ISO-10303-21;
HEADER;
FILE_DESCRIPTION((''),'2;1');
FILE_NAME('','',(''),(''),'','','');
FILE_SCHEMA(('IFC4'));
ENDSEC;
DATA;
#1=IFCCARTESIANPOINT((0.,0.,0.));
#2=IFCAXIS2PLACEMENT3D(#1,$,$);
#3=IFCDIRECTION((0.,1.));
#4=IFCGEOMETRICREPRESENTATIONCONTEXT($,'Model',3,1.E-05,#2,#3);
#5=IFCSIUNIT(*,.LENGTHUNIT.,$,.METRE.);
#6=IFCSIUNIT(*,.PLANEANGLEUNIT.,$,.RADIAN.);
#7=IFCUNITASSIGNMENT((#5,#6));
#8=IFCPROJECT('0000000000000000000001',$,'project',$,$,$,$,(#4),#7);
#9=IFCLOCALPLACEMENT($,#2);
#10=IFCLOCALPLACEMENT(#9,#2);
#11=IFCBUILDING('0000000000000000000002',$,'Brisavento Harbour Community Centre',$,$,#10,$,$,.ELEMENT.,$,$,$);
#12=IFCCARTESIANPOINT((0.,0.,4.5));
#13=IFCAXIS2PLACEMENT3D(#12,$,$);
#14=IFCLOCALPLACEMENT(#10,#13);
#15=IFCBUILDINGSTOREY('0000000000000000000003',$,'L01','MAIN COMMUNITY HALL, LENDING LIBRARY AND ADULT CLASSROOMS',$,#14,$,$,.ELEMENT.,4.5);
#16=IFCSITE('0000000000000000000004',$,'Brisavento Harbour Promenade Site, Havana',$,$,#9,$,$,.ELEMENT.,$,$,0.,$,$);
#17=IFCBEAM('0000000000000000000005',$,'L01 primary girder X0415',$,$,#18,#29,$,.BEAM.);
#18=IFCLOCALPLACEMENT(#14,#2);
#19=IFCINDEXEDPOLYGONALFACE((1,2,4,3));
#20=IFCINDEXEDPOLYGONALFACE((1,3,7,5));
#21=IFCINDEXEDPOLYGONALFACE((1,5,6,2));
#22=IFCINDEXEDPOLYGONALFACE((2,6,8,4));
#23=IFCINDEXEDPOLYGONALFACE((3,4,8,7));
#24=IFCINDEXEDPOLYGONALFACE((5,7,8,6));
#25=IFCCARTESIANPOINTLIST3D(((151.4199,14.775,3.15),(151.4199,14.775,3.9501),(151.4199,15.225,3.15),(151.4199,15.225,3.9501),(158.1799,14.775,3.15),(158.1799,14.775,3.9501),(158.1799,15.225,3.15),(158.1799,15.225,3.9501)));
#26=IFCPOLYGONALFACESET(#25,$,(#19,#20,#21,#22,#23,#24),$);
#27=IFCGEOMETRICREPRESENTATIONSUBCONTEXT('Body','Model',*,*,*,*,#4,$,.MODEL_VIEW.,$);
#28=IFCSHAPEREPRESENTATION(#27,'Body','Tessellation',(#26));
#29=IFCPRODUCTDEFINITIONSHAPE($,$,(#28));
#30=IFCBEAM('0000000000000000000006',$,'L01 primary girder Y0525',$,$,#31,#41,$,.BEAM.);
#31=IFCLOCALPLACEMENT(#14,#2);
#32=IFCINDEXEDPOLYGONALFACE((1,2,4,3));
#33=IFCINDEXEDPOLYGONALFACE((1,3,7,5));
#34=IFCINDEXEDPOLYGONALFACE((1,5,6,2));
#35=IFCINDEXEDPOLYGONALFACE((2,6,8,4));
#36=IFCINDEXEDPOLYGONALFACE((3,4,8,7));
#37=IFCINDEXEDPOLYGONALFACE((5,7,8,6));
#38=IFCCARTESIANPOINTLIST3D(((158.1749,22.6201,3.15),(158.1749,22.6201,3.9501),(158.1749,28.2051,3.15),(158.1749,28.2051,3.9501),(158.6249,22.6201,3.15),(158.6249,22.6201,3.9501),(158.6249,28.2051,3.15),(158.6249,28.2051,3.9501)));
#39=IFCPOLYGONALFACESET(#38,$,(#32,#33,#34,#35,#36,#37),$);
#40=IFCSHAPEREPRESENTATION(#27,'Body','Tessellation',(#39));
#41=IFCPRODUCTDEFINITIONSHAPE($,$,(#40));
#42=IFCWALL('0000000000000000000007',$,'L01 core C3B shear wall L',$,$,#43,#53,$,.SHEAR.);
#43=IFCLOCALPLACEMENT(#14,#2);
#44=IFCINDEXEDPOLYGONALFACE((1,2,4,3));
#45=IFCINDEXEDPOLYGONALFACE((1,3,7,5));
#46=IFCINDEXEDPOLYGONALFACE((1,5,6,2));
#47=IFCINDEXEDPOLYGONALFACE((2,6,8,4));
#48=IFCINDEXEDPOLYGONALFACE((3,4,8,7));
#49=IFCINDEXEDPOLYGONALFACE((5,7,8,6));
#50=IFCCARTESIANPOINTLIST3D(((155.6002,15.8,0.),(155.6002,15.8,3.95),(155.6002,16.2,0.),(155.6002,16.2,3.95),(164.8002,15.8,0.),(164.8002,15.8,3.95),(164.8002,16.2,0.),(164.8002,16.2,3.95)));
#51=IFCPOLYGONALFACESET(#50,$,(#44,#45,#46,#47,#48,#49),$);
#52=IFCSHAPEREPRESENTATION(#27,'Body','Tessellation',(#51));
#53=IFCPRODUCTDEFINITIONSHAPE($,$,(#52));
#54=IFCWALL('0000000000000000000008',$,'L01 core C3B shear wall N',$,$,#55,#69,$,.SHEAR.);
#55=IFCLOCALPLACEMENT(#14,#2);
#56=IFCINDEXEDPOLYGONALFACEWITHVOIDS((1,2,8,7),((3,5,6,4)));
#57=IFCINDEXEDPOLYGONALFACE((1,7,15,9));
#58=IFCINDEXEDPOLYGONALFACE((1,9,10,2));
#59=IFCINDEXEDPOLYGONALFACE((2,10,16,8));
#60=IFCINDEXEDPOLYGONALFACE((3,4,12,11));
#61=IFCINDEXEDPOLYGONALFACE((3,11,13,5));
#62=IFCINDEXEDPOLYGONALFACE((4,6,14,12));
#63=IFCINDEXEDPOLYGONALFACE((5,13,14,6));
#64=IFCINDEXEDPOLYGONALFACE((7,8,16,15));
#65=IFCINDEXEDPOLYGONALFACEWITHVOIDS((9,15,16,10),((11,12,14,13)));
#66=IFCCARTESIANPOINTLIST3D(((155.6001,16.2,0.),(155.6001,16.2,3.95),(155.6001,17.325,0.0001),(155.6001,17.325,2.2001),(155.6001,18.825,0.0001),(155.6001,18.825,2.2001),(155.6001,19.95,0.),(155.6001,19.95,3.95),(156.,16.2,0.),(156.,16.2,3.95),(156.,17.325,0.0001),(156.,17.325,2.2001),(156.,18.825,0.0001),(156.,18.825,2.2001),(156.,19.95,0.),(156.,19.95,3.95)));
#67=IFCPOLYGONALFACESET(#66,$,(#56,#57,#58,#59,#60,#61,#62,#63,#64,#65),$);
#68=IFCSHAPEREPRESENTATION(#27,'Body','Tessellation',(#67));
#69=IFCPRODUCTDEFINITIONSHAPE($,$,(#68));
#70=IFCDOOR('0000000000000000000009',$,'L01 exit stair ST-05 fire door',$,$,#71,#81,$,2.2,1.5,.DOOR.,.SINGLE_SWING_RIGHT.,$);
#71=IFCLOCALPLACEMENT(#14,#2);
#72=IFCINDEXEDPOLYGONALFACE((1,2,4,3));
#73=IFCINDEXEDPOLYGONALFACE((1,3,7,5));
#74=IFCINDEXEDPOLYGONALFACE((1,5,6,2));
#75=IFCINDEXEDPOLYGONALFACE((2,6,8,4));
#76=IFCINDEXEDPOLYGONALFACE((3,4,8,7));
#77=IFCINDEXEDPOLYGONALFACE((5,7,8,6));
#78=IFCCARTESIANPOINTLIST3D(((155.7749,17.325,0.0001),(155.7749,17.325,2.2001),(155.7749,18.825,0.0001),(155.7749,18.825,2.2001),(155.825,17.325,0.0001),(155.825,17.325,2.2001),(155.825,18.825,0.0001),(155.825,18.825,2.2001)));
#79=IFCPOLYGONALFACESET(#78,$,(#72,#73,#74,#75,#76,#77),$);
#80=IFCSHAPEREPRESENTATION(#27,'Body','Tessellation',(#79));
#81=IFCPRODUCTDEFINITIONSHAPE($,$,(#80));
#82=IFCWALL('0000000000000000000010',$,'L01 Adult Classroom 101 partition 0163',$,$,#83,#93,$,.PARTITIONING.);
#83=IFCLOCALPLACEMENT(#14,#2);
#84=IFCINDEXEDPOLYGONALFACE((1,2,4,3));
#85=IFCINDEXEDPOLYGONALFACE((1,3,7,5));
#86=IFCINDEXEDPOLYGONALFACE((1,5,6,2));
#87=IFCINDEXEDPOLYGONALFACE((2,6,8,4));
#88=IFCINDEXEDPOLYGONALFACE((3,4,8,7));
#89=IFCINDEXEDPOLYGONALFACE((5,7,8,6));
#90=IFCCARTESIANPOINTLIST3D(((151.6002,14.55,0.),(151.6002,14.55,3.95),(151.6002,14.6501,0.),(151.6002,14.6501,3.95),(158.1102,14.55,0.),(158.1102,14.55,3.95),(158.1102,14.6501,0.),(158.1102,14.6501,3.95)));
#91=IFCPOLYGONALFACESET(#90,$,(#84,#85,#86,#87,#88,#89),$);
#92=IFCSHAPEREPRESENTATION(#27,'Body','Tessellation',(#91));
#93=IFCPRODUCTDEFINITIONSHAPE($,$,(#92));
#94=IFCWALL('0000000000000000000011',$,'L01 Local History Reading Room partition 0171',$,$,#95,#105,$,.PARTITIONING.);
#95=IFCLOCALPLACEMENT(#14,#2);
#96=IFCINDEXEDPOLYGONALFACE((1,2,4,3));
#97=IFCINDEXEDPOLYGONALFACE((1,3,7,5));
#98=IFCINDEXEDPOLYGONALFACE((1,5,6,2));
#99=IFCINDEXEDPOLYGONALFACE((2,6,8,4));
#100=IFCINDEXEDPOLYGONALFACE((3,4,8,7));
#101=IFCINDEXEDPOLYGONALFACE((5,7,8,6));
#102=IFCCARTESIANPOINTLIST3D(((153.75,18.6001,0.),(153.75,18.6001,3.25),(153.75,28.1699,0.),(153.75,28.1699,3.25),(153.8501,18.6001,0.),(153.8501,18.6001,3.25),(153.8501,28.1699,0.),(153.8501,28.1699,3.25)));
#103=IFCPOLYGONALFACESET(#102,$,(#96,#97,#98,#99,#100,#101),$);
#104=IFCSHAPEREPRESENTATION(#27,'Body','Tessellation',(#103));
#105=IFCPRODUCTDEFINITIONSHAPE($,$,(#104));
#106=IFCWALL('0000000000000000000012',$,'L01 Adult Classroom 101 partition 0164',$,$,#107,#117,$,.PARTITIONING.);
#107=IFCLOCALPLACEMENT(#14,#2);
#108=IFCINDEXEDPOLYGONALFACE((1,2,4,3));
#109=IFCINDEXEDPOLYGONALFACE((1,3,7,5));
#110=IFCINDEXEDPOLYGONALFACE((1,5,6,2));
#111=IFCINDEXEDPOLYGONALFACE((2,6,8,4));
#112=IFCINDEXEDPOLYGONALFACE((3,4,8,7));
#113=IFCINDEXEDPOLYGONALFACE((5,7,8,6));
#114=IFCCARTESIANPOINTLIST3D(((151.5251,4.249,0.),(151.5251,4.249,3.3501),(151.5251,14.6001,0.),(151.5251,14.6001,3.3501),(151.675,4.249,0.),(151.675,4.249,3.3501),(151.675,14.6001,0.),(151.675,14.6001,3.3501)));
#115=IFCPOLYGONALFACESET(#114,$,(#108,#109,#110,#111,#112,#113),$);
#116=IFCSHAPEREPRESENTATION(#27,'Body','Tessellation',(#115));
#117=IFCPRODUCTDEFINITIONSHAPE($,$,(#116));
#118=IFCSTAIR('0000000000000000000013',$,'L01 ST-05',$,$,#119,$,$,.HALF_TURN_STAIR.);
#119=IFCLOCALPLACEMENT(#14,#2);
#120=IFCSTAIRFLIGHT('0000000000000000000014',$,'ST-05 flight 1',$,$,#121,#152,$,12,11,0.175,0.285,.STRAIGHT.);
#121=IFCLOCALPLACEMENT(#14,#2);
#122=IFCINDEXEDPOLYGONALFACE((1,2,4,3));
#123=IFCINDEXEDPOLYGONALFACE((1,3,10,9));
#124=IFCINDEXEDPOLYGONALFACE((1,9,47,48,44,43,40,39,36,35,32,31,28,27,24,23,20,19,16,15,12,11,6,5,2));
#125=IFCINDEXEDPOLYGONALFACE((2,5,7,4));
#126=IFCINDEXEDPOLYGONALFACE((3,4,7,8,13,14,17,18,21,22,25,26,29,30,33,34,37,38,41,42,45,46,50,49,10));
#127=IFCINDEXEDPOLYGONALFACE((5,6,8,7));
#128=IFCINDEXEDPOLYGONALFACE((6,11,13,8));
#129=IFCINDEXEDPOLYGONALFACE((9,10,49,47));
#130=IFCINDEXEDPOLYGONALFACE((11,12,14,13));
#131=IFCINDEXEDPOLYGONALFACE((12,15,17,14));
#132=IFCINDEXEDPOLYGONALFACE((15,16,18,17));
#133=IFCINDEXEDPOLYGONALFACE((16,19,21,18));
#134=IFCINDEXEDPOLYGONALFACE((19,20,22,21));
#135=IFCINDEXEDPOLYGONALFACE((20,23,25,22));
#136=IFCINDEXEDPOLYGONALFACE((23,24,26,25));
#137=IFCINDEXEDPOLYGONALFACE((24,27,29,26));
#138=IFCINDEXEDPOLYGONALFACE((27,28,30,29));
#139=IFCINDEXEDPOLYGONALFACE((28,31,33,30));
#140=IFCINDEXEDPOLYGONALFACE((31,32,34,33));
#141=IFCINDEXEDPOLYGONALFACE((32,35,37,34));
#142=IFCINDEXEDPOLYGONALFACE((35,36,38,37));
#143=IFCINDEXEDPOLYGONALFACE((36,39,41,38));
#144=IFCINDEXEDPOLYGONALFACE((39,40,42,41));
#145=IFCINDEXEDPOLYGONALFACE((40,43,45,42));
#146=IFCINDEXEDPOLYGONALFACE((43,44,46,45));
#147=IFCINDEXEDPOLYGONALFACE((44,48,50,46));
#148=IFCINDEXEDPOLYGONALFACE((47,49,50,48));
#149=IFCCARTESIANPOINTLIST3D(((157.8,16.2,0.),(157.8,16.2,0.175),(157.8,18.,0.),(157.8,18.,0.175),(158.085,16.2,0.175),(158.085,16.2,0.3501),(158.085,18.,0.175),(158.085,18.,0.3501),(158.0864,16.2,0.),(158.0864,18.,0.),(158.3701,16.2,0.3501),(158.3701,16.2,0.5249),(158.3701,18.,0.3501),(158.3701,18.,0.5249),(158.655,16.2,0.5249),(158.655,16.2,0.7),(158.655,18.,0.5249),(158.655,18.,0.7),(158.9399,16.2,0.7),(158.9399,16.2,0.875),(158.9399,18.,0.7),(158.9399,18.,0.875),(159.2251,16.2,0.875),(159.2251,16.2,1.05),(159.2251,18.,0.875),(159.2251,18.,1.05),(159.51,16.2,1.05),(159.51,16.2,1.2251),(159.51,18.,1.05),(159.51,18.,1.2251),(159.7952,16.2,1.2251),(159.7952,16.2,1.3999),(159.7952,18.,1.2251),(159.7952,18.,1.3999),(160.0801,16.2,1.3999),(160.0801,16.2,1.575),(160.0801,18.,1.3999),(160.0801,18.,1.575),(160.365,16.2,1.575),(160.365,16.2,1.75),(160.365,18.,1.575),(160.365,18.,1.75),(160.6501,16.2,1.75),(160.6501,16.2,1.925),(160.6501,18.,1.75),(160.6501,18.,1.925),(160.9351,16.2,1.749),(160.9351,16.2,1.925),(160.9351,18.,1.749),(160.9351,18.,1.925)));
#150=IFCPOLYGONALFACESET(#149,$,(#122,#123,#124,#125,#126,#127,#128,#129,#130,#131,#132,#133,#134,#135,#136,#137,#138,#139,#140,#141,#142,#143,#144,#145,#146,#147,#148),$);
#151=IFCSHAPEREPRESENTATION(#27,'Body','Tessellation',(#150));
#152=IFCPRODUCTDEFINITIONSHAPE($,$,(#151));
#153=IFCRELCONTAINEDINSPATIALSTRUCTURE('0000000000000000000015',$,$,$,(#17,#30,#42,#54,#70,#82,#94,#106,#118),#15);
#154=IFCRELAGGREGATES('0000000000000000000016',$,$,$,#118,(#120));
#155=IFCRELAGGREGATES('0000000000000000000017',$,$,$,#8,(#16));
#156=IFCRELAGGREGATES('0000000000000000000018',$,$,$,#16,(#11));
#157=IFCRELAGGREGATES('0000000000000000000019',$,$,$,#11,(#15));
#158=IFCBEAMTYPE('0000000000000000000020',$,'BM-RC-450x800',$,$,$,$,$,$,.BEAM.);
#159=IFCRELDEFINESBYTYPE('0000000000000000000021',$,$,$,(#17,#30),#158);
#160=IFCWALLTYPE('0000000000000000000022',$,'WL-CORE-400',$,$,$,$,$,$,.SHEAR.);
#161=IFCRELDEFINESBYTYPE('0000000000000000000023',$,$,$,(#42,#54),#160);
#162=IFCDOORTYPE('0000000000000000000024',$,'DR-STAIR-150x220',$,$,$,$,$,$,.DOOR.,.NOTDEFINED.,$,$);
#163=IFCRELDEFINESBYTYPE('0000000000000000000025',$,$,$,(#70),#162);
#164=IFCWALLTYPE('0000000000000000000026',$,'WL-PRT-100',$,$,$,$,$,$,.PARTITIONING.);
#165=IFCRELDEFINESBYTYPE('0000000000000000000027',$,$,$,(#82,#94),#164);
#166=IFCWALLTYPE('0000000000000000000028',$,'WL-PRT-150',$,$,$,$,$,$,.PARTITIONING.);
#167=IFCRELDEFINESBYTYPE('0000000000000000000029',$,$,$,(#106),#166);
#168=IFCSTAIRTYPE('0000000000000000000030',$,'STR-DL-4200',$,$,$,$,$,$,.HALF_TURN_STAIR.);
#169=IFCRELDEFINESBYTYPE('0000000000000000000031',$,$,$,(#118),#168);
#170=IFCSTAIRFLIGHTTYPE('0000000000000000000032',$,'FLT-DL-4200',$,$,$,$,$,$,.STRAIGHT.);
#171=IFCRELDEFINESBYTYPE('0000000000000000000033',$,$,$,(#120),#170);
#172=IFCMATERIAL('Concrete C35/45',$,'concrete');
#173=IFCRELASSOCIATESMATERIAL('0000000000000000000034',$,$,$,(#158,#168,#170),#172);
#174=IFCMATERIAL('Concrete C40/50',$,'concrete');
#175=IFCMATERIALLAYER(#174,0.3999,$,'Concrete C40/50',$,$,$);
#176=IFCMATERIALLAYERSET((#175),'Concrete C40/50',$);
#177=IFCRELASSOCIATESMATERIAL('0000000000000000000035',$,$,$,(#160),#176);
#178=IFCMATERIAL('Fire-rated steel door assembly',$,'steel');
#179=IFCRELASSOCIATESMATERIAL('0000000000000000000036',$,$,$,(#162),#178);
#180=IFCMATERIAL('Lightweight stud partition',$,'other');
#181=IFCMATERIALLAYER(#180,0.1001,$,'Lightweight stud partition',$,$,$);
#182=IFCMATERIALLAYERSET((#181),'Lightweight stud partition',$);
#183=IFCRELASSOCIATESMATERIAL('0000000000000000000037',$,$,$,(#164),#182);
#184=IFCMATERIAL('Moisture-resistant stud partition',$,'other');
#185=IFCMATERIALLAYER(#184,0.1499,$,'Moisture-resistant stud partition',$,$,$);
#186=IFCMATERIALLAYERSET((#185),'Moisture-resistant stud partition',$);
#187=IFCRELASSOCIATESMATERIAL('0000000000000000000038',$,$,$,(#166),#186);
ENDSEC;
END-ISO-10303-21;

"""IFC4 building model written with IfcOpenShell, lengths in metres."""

from ifc_helpers import new_model, si_unit, direction, frame, frame_2d, origin, origin_2d, place, context, subcontext, project, spatial, polyline, rectangle, outline, extrude, material, layer, layer_set, material_profile, profile_set, type_object, element, fill, aggregate, save


model = new_model("IFC4")

# Units and contexts
model_context = context("Model", 3, precision=1e-05, world=origin(), true_north=direction((0.0, 1.0)))
body_context = subcontext(model_context, "Body", "Model", "MODEL_VIEW")
ifc_project = project(units=[si_unit("LENGTHUNIT", "METRE"), si_unit("PLANEANGLEUNIT", "RADIAN")], contexts=[model_context])

# Site, building, storey
site_placement = place(None, origin())
site = spatial("IfcSite", under=ifc_project, at=site_placement, Name="Brisavento Harbour Promenade Site, Havana", CompositionType="ELEMENT", RefElevation=0.0)
building_placement = place(site_placement, origin())
building = spatial("IfcBuilding", under=site, at=building_placement, Name="Brisavento Harbour Community Centre", CompositionType="ELEMENT")
storey_placement = place(building_placement, frame((0.0, 0.0, 4.5)))
storey = spatial("IfcBuildingStorey", under=building, at=storey_placement, Name="L01", Description="MAIN COMMUNITY HALL, LENDING LIBRARY AND ADULT CLASSROOMS", CompositionType="ELEMENT", Elevation=4.5)

# Shared definitions
ifc_material_1 = material(Name="Concrete C35/45", Category="concrete")

# Beams
ifc_material_profile_1 = material_profile(ifc_material_1, rectangle(XDim=0.45, YDim=0.8, at=origin_2d()), Name="Concrete C35/45")
ifc_profile_set_1 = profile_set([ifc_material_profile_1], Name="Concrete C35/45")
beam_type_1 = type_object("IfcBeamType", Name="BM-RC-450x800", PredefinedType="BEAM", material=ifc_profile_set_1)
beam_1_placement = place(storey_placement, frame((151.4199, 15.0, 3.55), z_axis=(1.0, 0.0, 0.0), x_axis=(0.0, 1.0, 0.0)))
element("IfcBeam", 1, at=beam_1_placement, inside=storey, type_object=beam_type_1, Name="L01 primary girder X0415", PredefinedType="BEAM", context=body_context, shape_type="SweptSolid", body=[
    extrude(rectangle(XDim=0.45, YDim=0.8, at=origin_2d()), origin(), (0.0, 0.0, 1.0), 6.76),
])
beam_2_placement = place(storey_placement, frame((158.3999, 22.6201, 3.55), z_axis=(0.0, 1.0, 0.0), x_axis=(-1.0, 0.0, 0.0)))
element("IfcBeam", 2, at=beam_2_placement, inside=storey, type_object=beam_type_1, Name="L01 primary girder Y0525", PredefinedType="BEAM", context=body_context, shape_type="SweptSolid", body=[
    extrude(rectangle(XDim=0.45, YDim=0.8, at=origin_2d()), origin(), (0.0, 0.0, 1.0), 5.585),
])

# Wall
ifc_material_2 = material(Name="Concrete C40/50", Category="concrete")
ifc_layer_1 = layer(ifc_material_2, 0.3999, Name="Concrete C40/50")
ifc_layer_set_1 = layer_set([ifc_layer_1], Name="Concrete C40/50")
wall_type_1 = type_object("IfcWallType", Name="WL-CORE-400", PredefinedType="SHEAR", material=ifc_layer_set_1)
wall_1_placement = place(storey_placement, frame((155.6001, 16.0, 0.0), z_axis=(0.0, 0.0, 1.0), x_axis=(1.0, 0.0, 0.0)))
element("IfcWall", 3, at=wall_1_placement, inside=storey, type_object=wall_type_1, Name="L01 core C3B shear wall L", PredefinedType="SHEAR", context=body_context, shape_type="SweptSolid", body=[
    extrude(rectangle(XDim=9.2, YDim=0.3999, at=frame_2d((4.6001, 0.0))), origin(), (0.0, 0.0, 1.0), 3.95),
])

# Wall, opening, door
wall_2_placement = place(storey_placement, frame((155.8, 19.95, 0.0), z_axis=(0.0, 0.0, 1.0), x_axis=(0.0, -1.0, 0.0)))
wall_2 = element("IfcWall", 4, at=wall_2_placement, inside=storey, type_object=wall_type_1, Name="L01 core C3B shear wall N", PredefinedType="SHEAR", context=body_context, shape_type="SweptSolid", body=[
    extrude(rectangle(XDim=3.75, YDim=0.3999, at=frame_2d((1.875, 0.0))), origin(), (0.0, 0.0, 1.0), 3.95),
])
opening_placement = place(wall_2_placement, frame((1.125, 0.0, 0.0)))
opening = element("IfcOpeningElement", 5, at=opening_placement, cuts=wall_2, PredefinedType="OPENING", context=body_context, shape_type="SweptSolid", body=[
    extrude(rectangle(XDim=1.5, YDim=2.2, at=frame_2d((0.75, 1.1001))), frame((0.0, 0.21, 0.0), z_axis=(0.0, -1.0, 0.0), x_axis=(1.0, 0.0, 0.0)), (0.0, 0.0, 1.0), 0.4199),
])
ifc_material_3 = material(Name="Fire-rated steel door assembly", Category="steel")
door_type = type_object("IfcDoorType", Name="DR-STAIR-150x220", OperationType="NOTDEFINED", PredefinedType="DOOR", material=ifc_material_3)
door_placement = place(opening_placement, origin())
door = element("IfcDoor", 6, at=door_placement, inside=storey, type_object=door_type, Name="L01 exit stair ST-05 fire door", OperationType="SINGLE_SWING_RIGHT", OverallHeight=2.2, OverallWidth=1.5, PredefinedType="DOOR", context=body_context, shape_type="SweptSolid", body=[
    extrude(rectangle(XDim=1.5, YDim=2.2, at=frame_2d((0.75, 1.1001))), frame((0.0, 0.0249, 0.0), z_axis=(0.0, -1.0, 0.0), x_axis=(1.0, 0.0, 0.0)), (0.0, 0.0, 1.0), 0.05),
])
fill(opening, door)

# Walls
ifc_material_4 = material(Name="Lightweight stud partition", Category="other")
ifc_layer_2 = layer(ifc_material_4, 0.1001, Name="Lightweight stud partition")
ifc_layer_set_2 = layer_set([ifc_layer_2], Name="Lightweight stud partition")
wall_type_2 = type_object("IfcWallType", Name="WL-PRT-100", PredefinedType="PARTITIONING", material=ifc_layer_set_2)
wall_3_placement = place(storey_placement, frame((158.1101, 14.6001, 0.0), z_axis=(0.0, 0.0, 1.0), x_axis=(-1.0, 0.0, 0.0)))
element("IfcWall", 7, at=wall_3_placement, inside=storey, type_object=wall_type_2, Name="L01 Adult Classroom 101 partition 0163", PredefinedType="PARTITIONING", context=body_context, shape_type="SweptSolid", body=[
    extrude(rectangle(XDim=6.51, YDim=0.1001, at=frame_2d((3.2549, 0.0))), origin(), (0.0, 0.0, 1.0), 3.95),
])
wall_4_placement = place(storey_placement, frame((153.8, 28.1699, 0.0), z_axis=(0.0, 0.0, 1.0), x_axis=(0.0, -1.0, 0.0)))
element("IfcWall", 8, at=wall_4_placement, inside=storey, type_object=wall_type_2, Name="L01 Local History Reading Room partition 0171", PredefinedType="PARTITIONING", context=body_context, shape_type="SweptSolid", body=[
    extrude(rectangle(XDim=9.5698, YDim=0.1001, at=frame_2d((4.7849, 0.0))), origin(), (0.0, 0.0, 1.0), 3.25),
])
ifc_material_5 = material(Name="Moisture-resistant stud partition", Category="other")
ifc_layer_3 = layer(ifc_material_5, 0.1499, Name="Moisture-resistant stud partition")
ifc_layer_set_3 = layer_set([ifc_layer_3], Name="Moisture-resistant stud partition")
wall_type_3 = type_object("IfcWallType", Name="WL-PRT-150", PredefinedType="PARTITIONING", material=ifc_layer_set_3)
wall_5_placement = place(storey_placement, frame((151.6001, 14.6001, 0.0), z_axis=(0.0, 0.0, 1.0), x_axis=(0.0, -1.0, 0.0)))
element("IfcWall", 9, at=wall_5_placement, inside=storey, type_object=wall_type_3, Name="L01 Adult Classroom 101 partition 0164", PredefinedType="PARTITIONING", context=body_context, shape_type="SweptSolid", body=[
    extrude(rectangle(XDim=10.3511, YDim=0.1499, at=frame_2d((5.1755, 0.0))), origin(), (0.0, 0.0, 1.0), 3.3501),
])

# Stair, stair flight
stair_type = type_object("IfcStairType", Name="STR-DL-4200", PredefinedType="HALF_TURN_STAIR", material=ifc_material_1)
stair_placement = place(storey_placement, origin())
stair = element("IfcStair", 10, at=stair_placement, inside=storey, type_object=stair_type, Name="L01 ST-05", PredefinedType="HALF_TURN_STAIR")
stair_flight_type = type_object("IfcStairFlightType", Name="FLT-DL-4200", PredefinedType="STRAIGHT", material=ifc_material_1)
stair_flight_placement = place(storey_placement, frame((157.8, 17.1001, 0.0), z_axis=(0.0, 0.0, 1.0), x_axis=(1.0, 0.0, 0.0)))
stair_flight = element("IfcStairFlight", 11, at=stair_flight_placement, type_object=stair_flight_type, Name="ST-05 flight 1", NumberOfRisers=12, NumberOfTreads=11, PredefinedType="STRAIGHT", RiserHeight=0.175, TreadLength=0.285, context=body_context, shape_type="SweptSolid", body=[
    extrude(outline(polyline([(0.0, 0.0), (0.0, 0.175), (0.2849, 0.175), (0.2849, 0.3501), (0.5701, 0.3501), (0.5701, 0.5249), (0.855, 0.5249), (0.855, 0.7), (1.1399, 0.7), (1.1399, 0.875), (1.425, 0.875), (1.425, 1.05), (1.71, 1.05), (1.71, 1.2251), (1.9951, 1.2251), (1.9951, 1.3999), (2.28, 1.3999), (2.28, 1.575), (2.5649, 1.575), (2.5649, 1.75), (2.8501, 1.75), (2.8501, 1.925), (3.135, 1.925), (3.135, 2.1001), (3.135, 1.749), (0.2864, 0.0), (0.0, 0.0)])), frame((0.0, 0.8999, 0.0), z_axis=(0.0, -1.0, 0.0), x_axis=(1.0, 0.0, 0.0)), (0.0, 0.0, 1.0), 1.8),
])
aggregate(stair, [stair_flight])

save(model, "model.ifc")
